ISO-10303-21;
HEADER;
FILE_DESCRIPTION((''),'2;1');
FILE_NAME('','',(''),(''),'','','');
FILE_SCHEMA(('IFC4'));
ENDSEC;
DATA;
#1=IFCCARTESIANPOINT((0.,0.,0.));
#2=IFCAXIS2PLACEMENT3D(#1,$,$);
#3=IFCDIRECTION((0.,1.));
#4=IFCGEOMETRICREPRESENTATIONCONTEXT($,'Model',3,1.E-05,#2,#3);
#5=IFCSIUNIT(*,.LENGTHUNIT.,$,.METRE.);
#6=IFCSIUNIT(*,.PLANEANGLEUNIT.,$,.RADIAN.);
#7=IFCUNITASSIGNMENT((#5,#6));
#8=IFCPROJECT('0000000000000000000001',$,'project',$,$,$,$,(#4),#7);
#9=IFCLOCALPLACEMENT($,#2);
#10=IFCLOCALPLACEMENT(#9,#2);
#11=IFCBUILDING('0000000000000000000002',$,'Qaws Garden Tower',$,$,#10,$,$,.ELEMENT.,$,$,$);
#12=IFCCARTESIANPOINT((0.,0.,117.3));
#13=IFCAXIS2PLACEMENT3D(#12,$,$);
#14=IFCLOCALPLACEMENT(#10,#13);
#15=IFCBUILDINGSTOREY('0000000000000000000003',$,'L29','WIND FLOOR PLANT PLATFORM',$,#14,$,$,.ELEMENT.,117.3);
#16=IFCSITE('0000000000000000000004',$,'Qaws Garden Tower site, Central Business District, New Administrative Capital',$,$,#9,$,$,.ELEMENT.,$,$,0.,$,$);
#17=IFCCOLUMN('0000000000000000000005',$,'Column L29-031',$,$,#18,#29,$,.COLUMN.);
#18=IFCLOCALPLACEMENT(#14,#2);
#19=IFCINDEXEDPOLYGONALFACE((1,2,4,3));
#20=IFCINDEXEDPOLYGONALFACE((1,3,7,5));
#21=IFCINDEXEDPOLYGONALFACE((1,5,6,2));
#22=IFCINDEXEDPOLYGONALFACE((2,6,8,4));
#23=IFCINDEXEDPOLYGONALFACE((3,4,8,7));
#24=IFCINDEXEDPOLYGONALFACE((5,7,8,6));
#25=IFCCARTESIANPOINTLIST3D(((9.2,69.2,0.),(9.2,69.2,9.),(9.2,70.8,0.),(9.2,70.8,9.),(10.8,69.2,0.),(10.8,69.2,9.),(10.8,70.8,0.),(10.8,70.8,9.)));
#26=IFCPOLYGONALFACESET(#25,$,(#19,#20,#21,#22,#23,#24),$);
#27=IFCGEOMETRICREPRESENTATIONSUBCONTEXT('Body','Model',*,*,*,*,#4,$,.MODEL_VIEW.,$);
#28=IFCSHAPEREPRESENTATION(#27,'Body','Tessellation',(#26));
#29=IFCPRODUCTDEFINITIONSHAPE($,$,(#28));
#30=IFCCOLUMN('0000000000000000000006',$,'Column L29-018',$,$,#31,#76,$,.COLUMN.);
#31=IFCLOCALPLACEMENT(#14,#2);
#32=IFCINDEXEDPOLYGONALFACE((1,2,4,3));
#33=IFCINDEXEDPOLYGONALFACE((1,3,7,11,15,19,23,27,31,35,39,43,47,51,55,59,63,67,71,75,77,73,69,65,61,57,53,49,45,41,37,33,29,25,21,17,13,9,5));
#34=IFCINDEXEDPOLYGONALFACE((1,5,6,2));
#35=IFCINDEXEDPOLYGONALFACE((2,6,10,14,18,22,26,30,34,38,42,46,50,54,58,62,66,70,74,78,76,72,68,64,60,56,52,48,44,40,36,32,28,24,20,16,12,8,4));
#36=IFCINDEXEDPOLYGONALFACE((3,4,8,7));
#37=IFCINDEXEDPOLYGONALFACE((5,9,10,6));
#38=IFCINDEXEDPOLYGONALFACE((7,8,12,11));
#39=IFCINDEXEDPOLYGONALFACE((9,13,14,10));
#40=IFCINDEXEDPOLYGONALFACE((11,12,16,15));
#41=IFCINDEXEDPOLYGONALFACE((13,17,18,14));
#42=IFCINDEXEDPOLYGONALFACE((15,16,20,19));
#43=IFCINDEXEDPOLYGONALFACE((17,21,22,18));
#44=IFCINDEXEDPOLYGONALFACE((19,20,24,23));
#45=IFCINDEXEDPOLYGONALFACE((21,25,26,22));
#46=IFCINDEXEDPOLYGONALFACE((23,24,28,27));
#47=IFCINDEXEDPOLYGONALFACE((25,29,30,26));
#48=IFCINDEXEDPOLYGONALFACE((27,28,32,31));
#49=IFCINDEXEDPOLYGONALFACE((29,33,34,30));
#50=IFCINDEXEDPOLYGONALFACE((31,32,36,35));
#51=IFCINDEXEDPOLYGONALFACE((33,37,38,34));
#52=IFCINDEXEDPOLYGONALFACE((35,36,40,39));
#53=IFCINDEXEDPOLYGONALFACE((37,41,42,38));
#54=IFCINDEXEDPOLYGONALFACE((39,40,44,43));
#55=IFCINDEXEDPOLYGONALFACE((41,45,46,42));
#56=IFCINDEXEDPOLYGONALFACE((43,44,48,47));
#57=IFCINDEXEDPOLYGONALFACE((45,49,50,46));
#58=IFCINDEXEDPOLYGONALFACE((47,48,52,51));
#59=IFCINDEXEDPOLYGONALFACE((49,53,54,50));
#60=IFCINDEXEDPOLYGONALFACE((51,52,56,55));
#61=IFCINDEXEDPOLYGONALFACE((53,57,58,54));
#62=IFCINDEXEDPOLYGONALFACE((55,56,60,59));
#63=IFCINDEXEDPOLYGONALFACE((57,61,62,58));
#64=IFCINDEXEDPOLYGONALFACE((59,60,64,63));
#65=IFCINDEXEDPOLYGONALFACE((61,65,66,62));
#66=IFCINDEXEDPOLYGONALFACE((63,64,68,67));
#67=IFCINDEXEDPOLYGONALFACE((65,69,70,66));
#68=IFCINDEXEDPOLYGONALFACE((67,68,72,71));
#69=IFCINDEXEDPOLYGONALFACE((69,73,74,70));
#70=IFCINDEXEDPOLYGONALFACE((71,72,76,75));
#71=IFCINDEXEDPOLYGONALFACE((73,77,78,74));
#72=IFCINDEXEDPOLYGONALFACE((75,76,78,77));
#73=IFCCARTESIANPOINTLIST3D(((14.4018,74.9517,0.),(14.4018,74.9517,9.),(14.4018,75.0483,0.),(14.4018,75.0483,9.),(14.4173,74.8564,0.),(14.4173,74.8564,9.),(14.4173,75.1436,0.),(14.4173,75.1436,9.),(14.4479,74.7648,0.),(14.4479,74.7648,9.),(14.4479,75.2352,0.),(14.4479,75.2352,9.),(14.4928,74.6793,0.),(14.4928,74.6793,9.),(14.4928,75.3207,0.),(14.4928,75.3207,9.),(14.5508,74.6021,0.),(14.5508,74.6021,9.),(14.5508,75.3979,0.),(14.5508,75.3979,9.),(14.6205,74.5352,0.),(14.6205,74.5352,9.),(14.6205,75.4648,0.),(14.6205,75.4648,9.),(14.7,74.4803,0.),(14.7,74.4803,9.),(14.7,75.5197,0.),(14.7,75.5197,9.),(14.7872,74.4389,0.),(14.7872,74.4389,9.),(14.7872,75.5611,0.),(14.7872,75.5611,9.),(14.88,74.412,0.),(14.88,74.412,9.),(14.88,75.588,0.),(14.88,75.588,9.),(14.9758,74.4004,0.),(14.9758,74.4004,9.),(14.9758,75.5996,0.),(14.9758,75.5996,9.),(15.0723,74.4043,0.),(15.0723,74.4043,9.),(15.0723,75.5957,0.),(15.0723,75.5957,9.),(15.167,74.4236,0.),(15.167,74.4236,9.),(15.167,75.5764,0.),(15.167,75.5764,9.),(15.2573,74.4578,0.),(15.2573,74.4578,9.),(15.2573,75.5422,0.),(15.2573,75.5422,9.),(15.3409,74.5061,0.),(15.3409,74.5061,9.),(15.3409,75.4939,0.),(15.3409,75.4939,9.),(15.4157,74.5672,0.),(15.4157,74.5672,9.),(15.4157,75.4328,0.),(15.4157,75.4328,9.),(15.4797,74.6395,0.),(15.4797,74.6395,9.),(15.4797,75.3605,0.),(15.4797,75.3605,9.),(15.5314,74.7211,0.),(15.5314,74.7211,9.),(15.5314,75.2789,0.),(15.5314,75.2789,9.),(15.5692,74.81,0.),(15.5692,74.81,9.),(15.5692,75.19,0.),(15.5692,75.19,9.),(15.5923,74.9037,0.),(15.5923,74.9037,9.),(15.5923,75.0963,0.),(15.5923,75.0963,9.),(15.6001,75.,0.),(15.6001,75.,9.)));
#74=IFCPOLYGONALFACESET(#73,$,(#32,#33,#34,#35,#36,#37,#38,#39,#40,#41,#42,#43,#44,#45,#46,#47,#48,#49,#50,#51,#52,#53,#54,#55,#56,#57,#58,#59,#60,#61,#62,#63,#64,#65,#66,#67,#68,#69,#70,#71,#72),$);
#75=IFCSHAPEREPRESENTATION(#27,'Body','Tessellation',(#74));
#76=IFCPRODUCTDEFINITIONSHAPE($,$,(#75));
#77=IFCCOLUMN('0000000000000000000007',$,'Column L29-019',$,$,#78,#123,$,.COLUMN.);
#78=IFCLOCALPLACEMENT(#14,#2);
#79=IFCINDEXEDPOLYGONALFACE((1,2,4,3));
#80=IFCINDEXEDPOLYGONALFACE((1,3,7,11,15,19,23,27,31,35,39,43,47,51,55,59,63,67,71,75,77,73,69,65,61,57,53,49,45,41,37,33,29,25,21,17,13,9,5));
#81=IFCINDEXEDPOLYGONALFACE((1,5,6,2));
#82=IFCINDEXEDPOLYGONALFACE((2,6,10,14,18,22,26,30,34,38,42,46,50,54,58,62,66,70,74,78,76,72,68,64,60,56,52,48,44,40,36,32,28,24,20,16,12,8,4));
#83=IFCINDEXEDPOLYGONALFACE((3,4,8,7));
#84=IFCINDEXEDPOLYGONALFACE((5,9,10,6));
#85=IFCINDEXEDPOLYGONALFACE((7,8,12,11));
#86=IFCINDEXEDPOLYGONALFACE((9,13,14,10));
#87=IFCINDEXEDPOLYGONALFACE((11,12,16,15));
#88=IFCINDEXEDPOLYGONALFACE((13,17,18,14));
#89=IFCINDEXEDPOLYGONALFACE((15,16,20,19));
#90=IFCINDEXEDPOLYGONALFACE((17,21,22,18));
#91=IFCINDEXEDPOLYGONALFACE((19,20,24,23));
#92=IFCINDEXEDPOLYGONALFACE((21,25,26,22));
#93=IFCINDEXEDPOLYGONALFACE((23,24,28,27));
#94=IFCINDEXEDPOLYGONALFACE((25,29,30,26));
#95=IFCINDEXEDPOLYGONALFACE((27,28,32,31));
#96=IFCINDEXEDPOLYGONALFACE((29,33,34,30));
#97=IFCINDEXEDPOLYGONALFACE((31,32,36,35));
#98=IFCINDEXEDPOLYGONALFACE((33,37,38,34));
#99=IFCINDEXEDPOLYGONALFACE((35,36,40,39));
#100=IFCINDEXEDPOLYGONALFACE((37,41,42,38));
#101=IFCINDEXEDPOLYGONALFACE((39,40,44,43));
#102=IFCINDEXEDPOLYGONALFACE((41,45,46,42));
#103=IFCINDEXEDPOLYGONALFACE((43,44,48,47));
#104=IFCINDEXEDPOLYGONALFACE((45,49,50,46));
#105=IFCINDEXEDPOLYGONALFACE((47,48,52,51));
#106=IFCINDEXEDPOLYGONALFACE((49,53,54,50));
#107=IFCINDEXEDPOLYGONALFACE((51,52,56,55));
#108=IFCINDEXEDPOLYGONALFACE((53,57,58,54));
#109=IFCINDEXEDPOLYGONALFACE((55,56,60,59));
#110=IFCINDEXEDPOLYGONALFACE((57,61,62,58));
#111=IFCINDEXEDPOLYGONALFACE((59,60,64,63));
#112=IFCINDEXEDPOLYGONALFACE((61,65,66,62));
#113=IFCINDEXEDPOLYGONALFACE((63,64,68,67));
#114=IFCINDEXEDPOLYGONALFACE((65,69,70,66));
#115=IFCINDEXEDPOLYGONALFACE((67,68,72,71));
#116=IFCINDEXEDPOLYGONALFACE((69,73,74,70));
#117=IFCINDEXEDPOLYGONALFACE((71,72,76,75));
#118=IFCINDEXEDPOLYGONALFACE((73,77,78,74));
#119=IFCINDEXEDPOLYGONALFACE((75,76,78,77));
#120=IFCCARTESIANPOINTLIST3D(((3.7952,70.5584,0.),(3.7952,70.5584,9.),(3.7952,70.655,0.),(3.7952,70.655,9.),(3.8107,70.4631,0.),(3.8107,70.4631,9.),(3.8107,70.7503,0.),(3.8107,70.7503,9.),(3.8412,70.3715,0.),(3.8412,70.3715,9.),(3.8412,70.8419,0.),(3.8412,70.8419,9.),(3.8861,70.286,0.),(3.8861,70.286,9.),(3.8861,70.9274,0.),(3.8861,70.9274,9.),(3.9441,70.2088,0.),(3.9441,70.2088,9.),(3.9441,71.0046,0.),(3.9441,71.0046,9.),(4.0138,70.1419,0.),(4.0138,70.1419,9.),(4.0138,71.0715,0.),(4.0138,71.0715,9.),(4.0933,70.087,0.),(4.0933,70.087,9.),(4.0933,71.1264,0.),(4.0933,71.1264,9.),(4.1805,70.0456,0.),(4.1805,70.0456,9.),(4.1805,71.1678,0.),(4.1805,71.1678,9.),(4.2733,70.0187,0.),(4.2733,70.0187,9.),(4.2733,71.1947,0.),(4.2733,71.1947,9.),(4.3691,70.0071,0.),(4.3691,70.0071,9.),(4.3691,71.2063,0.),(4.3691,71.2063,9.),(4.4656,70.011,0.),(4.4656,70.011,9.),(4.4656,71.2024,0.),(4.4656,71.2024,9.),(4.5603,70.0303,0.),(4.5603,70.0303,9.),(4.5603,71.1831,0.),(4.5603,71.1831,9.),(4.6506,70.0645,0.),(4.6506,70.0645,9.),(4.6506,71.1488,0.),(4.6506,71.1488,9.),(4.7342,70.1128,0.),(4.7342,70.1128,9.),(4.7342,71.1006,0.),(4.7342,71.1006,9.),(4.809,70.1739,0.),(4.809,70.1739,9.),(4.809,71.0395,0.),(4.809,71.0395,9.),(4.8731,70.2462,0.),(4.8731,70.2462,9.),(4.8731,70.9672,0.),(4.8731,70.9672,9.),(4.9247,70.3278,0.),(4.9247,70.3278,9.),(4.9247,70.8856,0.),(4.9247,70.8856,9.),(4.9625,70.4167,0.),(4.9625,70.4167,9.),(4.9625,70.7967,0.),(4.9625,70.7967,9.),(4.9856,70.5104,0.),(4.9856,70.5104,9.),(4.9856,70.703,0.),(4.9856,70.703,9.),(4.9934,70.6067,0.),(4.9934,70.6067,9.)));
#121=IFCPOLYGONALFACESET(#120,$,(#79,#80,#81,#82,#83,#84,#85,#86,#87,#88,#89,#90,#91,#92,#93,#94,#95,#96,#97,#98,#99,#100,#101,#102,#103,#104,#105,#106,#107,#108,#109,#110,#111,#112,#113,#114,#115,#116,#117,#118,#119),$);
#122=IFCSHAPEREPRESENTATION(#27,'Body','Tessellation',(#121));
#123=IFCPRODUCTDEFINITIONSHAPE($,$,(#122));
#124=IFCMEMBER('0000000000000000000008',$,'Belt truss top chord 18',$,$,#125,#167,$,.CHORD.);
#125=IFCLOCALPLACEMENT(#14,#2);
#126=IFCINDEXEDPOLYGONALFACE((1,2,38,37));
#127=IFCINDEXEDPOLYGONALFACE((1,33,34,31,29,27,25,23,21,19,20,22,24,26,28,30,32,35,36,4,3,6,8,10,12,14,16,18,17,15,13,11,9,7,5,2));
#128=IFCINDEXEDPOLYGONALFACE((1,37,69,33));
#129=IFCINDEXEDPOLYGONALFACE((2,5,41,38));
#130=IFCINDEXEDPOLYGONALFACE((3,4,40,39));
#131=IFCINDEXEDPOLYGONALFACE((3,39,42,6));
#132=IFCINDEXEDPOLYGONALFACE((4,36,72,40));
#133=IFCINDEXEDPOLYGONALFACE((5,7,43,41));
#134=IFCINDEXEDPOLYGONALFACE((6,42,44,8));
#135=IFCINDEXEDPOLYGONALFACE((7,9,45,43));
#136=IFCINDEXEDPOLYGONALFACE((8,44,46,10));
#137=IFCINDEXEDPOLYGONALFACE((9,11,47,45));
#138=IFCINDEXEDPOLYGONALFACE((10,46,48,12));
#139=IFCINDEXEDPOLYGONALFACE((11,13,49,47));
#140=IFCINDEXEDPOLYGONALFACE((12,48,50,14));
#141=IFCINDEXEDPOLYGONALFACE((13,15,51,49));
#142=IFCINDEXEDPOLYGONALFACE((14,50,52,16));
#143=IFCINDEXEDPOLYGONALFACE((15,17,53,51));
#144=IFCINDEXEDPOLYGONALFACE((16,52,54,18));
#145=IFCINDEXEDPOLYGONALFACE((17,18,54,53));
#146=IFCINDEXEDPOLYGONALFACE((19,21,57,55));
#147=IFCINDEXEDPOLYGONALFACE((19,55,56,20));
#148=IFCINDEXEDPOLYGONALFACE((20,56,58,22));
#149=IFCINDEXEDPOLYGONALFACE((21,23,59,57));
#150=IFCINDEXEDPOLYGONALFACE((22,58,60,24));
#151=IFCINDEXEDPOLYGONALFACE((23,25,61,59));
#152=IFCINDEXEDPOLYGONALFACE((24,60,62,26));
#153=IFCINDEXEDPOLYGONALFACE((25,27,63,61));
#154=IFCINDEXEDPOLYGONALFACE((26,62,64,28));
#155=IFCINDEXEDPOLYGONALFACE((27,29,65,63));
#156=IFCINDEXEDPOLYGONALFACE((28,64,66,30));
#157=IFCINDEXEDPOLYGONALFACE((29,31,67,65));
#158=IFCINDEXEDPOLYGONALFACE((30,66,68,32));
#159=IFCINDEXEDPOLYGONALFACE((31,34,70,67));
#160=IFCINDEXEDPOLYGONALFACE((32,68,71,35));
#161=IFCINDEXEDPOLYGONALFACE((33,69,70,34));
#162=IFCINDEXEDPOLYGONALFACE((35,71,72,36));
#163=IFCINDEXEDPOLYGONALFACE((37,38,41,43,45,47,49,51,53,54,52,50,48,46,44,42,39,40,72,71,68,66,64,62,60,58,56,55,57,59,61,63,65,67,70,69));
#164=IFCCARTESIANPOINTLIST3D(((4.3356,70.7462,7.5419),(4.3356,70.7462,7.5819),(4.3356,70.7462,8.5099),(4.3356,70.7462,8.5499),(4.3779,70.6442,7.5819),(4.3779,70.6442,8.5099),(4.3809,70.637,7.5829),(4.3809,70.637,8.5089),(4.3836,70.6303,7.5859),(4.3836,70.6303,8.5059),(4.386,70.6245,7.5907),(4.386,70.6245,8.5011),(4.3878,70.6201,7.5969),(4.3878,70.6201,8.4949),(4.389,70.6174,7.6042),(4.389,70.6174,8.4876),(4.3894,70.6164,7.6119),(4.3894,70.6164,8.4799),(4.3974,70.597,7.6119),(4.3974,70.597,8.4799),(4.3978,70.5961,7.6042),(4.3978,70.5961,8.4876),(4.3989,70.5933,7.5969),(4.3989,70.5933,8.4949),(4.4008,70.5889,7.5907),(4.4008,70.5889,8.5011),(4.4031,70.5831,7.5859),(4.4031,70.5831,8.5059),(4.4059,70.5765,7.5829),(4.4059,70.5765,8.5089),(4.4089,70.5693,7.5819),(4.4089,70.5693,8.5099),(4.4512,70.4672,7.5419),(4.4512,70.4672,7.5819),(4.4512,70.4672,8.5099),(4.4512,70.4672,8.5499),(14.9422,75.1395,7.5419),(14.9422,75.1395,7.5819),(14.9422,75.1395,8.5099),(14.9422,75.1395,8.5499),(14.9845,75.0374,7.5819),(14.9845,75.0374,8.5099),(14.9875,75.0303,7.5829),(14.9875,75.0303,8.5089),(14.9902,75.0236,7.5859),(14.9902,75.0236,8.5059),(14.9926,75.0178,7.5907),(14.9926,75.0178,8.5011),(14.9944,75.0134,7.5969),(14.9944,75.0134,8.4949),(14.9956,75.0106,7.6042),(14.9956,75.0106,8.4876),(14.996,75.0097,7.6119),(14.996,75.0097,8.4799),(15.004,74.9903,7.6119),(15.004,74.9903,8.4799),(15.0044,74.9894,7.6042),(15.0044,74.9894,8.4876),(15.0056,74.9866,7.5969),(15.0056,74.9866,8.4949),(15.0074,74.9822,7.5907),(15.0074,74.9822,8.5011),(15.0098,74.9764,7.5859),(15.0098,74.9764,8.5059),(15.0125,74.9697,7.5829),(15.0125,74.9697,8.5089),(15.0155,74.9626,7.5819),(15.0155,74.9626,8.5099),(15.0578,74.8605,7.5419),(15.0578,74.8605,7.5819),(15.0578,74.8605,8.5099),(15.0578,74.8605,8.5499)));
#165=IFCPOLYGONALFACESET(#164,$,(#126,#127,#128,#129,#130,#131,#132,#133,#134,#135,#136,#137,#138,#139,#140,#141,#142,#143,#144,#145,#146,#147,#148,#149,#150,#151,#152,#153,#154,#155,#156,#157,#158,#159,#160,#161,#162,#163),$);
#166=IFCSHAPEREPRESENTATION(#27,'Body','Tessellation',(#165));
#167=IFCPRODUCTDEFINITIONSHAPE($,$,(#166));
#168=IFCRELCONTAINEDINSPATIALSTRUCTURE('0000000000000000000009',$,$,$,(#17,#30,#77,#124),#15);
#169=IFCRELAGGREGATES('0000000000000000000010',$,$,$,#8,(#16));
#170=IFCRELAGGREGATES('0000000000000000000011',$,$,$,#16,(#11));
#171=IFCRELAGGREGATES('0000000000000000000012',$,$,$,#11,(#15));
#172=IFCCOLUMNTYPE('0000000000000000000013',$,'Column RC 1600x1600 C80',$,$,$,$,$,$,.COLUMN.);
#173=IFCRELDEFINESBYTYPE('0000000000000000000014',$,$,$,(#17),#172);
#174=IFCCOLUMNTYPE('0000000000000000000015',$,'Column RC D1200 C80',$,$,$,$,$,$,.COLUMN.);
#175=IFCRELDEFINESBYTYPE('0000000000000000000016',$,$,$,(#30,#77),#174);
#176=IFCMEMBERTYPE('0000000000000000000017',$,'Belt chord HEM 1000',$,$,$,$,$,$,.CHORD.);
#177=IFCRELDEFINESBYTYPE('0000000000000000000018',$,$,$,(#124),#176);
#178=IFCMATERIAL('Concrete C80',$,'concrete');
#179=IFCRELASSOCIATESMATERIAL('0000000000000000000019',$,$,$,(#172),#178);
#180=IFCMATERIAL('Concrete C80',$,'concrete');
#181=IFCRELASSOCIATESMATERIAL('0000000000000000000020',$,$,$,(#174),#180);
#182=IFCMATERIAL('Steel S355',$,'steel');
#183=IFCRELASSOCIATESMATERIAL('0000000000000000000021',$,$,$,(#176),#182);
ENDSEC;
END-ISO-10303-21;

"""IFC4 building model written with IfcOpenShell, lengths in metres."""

from ifc_helpers import new_model, si_unit, direction, frame, origin, origin_2d, place, context, subcontext, project, spatial, rectangle, circle, i_section, extrude, material, material_profile, profile_set, type_object, element, save


model = new_model("IFC4")

# Units and contexts
model_context = context("Model", 3, precision=1e-05, world=origin(), true_north=direction((0.0, 1.0)))
body_context = subcontext(model_context, "Body", "Model", "MODEL_VIEW")
ifc_project = project(units=[si_unit("LENGTHUNIT", "METRE"), si_unit("PLANEANGLEUNIT", "RADIAN")], contexts=[model_context])

# Site, building, storey
site_placement = place(None, origin())
site = spatial("IfcSite", under=ifc_project, at=site_placement, Name="Qaws Garden Tower site, Central Business District, New Administrative Capital", CompositionType="ELEMENT", RefElevation=0.0)
building_placement = place(site_placement, origin())
building = spatial("IfcBuilding", under=site, at=building_placement, Name="Qaws Garden Tower", CompositionType="ELEMENT")
storey_placement = place(building_placement, frame((0.0, 0.0, 117.3)))
storey = spatial("IfcBuildingStorey", under=building, at=storey_placement, Name="L29", Description="WIND FLOOR PLANT PLATFORM", CompositionType="ELEMENT", Elevation=117.3)

# Columns
ifc_material_1 = material(Name="Concrete C80", Category="concrete")
ifc_material_profile_1 = material_profile(ifc_material_1, rectangle(XDim=1.6001, YDim=1.6001, at=origin_2d()), Name="RC 1600x1600")
ifc_profile_set_1 = profile_set([ifc_material_profile_1], Name="Concrete C80")
column_type_1 = type_object("IfcColumnType", Name="Column RC 1600x1600 C80", PredefinedType="COLUMN", material=ifc_profile_set_1)
column_placement = place(storey_placement, frame((10.0, 70.0, 0.0), z_axis=(0.0, 0.0, 1.0), x_axis=(1.0, 0.0, 0.0)))
element("IfcColumn", 1, at=column_placement, inside=storey, type_object=column_type_1, Name="Column L29-031", PredefinedType="COLUMN", context=body_context, shape_type="SweptSolid", body=[
    extrude(rectangle(XDim=1.6001, YDim=1.6001, at=origin_2d()), origin(), (0.0, 0.0, 1.0), 9.0),
])
ifc_material_2 = material(Name="Concrete C80", Category="concrete")
ifc_material_profile_2 = material_profile(ifc_material_2, circle(Radius=0.6001, at=origin_2d()), Name="RC D1200")
ifc_profile_set_2 = profile_set([ifc_material_profile_2], Name="Concrete C80")
column_type_2 = type_object("IfcColumnType", Name="Column RC D1200 C80", PredefinedType="COLUMN", material=ifc_profile_set_2)
for number, where, z_axis, x_axis, name in (
    (2, (15.0, 75.0, 0.0), (0.0, 0.0, 1.0), (1.0, 0.0, 0.0), "Column L29-018"),
    (3, (4.3933, 70.6067, 0.0), (0.0, 0.0, 1.0), (1.0, 0.0, 0.0), "Column L29-019"),
):
    element("IfcColumn", number, at=place(storey_placement, frame(where, z_axis=z_axis, x_axis=x_axis)), inside=storey, type_object=column_type_2, Name=name, PredefinedType="COLUMN", context=body_context, shape_type="SweptSolid", body=[
        extrude(circle(Radius=0.6001, at=origin_2d()), origin(), (0.0, 0.0, 1.0), 9.0),
    ])

# Member
ifc_material_3 = material(Name="Steel S355", Category="steel")
ifc_material_profile_3 = material_profile(ifc_material_3, i_section(OverallWidth=0.302, OverallDepth=1.0081, WebThickness=0.021, FlangeThickness=0.04, FilletRadius=0.03, at=origin_2d()), Name="HEM 1000")
ifc_profile_set_3 = profile_set([ifc_material_profile_3], Name="Steel S355")
member_type_1 = type_object("IfcMemberType", Name="Belt chord HEM 1000", PredefinedType="CHORD", material=ifc_profile_set_3)
for number, where, z_axis, x_axis, name in (
    (4, (15.0, 75.0, 8.0459), (-0.923883, -0.382674, 0.0), (0.382674, -0.923883, 0.0), "Belt truss top chord 18"),
):
    element("IfcMember", number, at=place(storey_placement, frame(where, z_axis=z_axis, x_axis=x_axis)), inside=storey, type_object=member_type_1, Name=name, PredefinedType="CHORD", context=body_context, shape_type="SweptSolid", body=[
        extrude(i_section(OverallWidth=0.302, OverallDepth=1.0081, WebThickness=0.021, FlangeThickness=0.04, FilletRadius=0.03, at=origin_2d()), origin(), (0.0, 0.0, 1.0), 11.4805),
    ])

save(model, "model.ifc")
